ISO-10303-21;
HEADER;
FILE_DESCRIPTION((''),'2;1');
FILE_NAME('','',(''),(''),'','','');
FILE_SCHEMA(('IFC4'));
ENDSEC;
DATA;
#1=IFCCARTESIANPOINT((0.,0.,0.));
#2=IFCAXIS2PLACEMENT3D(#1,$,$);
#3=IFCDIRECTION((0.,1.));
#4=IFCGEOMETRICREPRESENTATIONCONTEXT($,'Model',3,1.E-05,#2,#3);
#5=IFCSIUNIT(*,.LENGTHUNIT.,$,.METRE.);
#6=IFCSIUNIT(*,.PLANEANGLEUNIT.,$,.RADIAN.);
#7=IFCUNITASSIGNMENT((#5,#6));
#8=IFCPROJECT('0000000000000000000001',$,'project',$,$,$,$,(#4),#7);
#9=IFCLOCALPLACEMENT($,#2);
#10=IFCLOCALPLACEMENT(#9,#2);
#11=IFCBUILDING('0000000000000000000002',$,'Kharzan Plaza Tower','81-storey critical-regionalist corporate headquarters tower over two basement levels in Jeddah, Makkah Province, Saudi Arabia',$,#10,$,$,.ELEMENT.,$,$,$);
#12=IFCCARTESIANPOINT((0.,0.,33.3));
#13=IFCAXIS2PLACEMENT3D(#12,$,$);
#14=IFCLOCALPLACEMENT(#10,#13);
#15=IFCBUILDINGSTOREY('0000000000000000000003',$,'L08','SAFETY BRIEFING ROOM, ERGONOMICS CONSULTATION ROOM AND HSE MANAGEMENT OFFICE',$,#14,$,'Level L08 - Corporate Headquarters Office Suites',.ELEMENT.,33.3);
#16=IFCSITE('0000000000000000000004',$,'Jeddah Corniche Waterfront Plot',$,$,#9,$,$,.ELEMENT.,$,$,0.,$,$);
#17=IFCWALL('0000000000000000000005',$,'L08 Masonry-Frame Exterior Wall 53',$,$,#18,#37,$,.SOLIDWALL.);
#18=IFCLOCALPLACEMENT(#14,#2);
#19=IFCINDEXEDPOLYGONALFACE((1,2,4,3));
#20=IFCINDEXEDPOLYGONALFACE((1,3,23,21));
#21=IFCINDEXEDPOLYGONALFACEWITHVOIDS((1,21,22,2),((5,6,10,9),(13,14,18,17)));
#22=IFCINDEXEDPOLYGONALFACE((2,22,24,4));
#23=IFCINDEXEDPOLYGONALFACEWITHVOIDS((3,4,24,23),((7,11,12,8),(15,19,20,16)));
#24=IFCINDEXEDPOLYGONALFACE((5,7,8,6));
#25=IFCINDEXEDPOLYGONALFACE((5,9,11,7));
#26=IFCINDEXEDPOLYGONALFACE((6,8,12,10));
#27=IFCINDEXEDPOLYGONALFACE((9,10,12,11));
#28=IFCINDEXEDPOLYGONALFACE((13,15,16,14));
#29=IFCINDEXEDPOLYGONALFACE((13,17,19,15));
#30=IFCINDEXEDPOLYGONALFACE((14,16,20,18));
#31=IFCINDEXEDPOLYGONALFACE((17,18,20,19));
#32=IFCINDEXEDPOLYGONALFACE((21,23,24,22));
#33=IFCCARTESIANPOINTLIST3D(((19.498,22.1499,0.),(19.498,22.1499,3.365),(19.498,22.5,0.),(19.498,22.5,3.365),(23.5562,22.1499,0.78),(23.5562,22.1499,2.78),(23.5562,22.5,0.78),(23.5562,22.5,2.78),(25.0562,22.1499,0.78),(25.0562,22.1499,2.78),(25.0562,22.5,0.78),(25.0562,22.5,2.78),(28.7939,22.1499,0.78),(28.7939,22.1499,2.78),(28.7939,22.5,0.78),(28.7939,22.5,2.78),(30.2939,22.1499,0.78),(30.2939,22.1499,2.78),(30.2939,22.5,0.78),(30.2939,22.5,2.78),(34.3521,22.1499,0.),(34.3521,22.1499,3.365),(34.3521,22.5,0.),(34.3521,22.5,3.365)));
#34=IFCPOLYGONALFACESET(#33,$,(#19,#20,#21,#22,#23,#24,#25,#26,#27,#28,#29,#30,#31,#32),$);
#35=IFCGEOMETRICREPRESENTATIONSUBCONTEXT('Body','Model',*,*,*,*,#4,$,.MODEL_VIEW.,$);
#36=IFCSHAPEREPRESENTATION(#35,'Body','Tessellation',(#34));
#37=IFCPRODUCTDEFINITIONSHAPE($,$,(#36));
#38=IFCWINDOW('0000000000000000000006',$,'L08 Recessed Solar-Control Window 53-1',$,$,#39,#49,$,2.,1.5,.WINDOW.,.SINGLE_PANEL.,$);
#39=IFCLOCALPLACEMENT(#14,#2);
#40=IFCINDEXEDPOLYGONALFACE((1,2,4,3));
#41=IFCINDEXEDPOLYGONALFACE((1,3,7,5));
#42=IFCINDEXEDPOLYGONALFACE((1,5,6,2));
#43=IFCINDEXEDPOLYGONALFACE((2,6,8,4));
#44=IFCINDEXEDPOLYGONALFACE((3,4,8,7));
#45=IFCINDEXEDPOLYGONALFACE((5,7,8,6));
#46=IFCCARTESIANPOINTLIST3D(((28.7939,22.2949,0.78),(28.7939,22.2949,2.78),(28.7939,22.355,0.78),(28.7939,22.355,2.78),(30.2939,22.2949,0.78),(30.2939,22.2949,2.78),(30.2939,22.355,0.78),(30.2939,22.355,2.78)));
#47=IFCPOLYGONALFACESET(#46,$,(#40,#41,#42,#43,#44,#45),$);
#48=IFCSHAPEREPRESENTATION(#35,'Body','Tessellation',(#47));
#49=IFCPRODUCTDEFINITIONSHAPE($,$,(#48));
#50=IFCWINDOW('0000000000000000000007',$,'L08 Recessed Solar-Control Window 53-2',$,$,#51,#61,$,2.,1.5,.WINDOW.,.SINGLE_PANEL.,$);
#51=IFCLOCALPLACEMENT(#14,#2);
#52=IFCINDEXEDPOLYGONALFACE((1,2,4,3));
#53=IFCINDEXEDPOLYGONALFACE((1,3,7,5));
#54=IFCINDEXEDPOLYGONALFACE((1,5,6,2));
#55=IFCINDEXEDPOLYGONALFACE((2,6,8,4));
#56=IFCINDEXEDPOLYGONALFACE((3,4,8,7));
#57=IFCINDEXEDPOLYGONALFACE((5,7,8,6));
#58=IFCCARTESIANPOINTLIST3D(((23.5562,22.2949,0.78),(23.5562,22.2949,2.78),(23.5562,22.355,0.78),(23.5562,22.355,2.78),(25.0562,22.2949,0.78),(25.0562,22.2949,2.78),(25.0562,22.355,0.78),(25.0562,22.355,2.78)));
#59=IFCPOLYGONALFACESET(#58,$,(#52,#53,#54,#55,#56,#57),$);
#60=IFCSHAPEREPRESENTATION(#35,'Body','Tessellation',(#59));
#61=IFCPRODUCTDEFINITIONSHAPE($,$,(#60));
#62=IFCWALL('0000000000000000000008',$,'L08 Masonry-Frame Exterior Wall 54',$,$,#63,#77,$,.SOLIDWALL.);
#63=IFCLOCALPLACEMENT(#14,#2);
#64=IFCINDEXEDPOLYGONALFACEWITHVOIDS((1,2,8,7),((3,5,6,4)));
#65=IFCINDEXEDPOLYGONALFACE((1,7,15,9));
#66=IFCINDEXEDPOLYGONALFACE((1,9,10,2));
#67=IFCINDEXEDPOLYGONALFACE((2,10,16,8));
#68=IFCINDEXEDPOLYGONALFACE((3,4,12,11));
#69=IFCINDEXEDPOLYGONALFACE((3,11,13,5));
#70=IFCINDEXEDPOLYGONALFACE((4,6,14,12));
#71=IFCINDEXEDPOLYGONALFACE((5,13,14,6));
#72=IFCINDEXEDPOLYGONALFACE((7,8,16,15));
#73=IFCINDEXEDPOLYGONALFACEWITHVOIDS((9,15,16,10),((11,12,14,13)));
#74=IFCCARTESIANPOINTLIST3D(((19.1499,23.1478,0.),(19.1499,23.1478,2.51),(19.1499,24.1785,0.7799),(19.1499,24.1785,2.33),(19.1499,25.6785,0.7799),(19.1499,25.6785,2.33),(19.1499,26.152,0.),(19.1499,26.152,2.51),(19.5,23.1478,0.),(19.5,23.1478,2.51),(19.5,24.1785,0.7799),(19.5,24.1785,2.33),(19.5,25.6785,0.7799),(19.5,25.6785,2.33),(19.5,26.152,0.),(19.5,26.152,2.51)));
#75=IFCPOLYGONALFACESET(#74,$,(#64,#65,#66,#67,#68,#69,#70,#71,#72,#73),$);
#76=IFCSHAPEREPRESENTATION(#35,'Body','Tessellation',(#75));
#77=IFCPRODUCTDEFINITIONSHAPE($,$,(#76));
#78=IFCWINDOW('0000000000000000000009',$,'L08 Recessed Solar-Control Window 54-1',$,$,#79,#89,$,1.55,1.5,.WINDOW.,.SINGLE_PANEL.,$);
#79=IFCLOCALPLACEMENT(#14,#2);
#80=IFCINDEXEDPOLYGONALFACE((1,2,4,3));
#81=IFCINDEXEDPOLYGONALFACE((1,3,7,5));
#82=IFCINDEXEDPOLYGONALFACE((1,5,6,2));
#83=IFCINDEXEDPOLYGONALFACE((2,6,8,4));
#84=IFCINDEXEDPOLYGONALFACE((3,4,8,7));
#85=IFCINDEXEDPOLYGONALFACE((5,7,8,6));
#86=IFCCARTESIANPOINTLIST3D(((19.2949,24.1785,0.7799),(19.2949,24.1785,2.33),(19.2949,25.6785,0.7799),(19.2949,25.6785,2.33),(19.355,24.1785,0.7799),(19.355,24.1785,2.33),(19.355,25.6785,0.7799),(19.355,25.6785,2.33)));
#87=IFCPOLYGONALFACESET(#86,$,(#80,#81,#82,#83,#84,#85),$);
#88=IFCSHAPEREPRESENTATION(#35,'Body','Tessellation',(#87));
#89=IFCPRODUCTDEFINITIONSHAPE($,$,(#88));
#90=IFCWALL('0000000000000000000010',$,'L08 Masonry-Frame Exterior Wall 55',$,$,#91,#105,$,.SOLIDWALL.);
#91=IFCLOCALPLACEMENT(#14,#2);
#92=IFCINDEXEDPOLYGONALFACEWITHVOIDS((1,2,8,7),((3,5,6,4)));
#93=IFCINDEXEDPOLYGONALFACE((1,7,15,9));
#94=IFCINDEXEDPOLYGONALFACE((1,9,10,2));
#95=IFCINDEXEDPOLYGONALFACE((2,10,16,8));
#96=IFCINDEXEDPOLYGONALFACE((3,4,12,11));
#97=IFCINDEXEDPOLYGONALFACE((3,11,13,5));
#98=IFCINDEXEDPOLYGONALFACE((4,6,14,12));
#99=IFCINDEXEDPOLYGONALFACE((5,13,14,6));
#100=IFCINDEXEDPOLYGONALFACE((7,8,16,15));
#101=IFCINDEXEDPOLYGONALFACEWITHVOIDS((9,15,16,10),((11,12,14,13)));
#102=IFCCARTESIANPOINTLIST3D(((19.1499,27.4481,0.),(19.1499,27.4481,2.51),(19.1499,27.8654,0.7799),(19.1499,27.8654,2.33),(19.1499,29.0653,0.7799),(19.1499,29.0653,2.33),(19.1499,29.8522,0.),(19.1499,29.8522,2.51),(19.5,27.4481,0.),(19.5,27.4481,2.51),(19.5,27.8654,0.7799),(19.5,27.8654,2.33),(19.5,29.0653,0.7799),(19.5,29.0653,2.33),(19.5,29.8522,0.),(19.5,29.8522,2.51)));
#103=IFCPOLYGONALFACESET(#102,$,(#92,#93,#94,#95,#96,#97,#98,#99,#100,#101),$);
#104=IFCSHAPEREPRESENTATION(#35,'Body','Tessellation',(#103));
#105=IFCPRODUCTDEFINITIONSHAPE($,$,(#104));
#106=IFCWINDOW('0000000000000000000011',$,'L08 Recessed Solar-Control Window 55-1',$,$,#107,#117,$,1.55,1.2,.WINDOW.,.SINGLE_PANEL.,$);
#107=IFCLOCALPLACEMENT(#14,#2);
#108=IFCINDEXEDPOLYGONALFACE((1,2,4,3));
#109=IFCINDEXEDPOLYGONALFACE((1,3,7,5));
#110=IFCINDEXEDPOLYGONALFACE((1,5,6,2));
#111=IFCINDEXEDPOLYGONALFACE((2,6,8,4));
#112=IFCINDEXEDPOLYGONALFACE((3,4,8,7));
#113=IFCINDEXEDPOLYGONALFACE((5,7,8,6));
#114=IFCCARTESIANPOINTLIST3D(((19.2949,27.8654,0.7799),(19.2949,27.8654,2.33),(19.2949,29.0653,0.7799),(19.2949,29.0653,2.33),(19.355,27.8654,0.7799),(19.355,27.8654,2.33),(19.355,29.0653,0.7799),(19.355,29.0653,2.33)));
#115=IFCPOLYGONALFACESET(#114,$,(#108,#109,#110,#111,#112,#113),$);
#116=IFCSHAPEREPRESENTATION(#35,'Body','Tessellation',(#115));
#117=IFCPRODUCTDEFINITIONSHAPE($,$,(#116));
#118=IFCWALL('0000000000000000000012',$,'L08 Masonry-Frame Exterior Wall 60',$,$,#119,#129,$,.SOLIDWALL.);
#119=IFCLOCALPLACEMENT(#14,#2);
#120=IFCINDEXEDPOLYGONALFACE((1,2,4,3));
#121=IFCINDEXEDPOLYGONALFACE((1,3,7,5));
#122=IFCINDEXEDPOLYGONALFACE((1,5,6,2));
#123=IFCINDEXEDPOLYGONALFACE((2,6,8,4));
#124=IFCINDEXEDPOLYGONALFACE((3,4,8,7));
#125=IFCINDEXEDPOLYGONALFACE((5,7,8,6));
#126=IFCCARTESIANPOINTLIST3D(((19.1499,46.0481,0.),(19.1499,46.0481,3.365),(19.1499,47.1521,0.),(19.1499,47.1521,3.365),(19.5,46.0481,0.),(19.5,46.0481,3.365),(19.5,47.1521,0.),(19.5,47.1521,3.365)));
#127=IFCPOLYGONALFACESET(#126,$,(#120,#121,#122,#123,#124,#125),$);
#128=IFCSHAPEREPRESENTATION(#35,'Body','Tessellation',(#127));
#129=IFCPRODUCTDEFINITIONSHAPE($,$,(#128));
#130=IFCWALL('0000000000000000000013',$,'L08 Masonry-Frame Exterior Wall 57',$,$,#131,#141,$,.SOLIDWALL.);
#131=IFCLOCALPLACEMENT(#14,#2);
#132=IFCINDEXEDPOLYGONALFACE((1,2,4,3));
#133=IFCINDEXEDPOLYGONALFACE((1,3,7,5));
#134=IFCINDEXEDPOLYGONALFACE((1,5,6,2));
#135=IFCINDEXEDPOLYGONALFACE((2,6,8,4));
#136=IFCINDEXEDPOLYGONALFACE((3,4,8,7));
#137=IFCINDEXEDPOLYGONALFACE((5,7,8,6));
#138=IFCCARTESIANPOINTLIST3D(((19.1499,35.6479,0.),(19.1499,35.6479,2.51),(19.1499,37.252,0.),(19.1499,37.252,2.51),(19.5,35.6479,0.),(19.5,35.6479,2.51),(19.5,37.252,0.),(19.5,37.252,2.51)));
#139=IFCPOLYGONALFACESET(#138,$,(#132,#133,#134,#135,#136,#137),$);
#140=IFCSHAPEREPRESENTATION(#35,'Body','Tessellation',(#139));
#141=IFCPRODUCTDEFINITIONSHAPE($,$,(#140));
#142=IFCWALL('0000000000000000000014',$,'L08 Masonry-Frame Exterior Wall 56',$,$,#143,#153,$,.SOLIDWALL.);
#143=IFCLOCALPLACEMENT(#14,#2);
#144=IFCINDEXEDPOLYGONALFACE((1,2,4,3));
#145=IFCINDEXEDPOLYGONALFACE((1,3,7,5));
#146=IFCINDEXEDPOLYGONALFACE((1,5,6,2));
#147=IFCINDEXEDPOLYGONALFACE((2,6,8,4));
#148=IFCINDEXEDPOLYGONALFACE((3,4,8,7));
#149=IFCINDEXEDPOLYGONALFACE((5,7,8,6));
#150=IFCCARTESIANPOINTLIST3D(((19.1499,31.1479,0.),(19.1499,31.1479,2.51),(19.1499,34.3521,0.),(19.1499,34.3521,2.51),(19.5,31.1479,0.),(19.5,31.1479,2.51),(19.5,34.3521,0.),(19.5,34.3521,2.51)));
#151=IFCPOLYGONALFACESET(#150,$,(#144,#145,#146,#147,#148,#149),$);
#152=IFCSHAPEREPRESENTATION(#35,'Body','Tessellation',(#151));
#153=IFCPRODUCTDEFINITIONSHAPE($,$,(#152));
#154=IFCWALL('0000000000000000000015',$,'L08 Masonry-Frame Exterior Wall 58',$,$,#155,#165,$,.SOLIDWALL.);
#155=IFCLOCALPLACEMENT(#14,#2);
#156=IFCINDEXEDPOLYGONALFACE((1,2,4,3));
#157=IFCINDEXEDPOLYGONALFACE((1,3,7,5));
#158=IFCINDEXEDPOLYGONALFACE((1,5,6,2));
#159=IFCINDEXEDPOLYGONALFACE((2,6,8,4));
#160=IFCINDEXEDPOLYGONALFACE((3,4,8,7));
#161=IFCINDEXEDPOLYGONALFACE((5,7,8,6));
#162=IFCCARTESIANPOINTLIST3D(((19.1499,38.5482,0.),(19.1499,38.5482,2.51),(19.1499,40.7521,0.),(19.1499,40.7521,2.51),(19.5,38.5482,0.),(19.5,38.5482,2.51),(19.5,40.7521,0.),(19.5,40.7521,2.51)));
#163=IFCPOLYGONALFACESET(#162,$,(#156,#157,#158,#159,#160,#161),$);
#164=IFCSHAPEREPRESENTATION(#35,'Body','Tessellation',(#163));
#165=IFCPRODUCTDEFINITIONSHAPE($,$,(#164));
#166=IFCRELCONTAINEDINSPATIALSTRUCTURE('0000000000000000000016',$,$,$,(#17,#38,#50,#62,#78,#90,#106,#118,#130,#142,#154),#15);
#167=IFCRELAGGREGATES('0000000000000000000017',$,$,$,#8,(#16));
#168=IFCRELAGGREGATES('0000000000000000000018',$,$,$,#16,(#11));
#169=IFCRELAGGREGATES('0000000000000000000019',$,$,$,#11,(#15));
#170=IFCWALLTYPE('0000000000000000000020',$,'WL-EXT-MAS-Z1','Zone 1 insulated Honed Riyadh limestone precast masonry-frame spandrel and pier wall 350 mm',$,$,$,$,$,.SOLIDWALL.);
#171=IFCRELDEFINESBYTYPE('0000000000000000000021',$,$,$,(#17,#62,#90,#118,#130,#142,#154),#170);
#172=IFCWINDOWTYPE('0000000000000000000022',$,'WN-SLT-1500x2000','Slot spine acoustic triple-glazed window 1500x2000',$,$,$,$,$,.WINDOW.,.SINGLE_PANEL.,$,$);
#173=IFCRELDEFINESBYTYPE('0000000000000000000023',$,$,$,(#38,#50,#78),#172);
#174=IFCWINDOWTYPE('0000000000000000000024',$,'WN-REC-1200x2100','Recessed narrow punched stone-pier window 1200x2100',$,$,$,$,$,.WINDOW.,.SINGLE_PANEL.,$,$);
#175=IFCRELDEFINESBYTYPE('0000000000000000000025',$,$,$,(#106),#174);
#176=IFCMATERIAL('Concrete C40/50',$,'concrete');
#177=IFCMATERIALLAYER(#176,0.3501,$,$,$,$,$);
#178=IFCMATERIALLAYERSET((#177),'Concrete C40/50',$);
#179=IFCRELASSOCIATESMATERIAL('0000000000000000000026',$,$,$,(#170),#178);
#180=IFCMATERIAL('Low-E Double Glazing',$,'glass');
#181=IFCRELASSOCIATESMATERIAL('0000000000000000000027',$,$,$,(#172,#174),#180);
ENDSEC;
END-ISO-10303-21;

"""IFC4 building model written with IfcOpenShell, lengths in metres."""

from ifc_helpers import new_model, si_unit, direction, frame, frame_2d, origin, place, context, subcontext, project, spatial, rectangle, extrude, source, transform, mapped, material, layer, layer_set, type_object, element, fill, save


model = new_model("IFC4")

# Units and contexts
model_context = context("Model", 3, precision=1e-05, world=origin(), true_north=direction((0.0, 1.0)))
body_context = subcontext(model_context, "Body", "Model", "MODEL_VIEW")
ifc_project = project(units=[si_unit("LENGTHUNIT", "METRE"), si_unit("PLANEANGLEUNIT", "RADIAN")], contexts=[model_context])

# Site, building, storey
site_placement = place(None, origin())
site = spatial("IfcSite", under=ifc_project, at=site_placement, Name="Jeddah Corniche Waterfront Plot", CompositionType="ELEMENT", RefElevation=0.0)
building_placement = place(site_placement, origin())
building = spatial("IfcBuilding", under=site, at=building_placement, Name="Kharzan Plaza Tower", Description="81-storey critical-regionalist corporate headquarters tower over two basement levels in Jeddah, Makkah Province, Saudi Arabia", CompositionType="ELEMENT")
storey_placement = place(building_placement, frame((0.0, 0.0, 33.3)))
storey = spatial("IfcBuildingStorey", under=building, at=storey_placement, Name="L08", Description="SAFETY BRIEFING ROOM, ERGONOMICS CONSULTATION ROOM AND HSE MANAGEMENT OFFICE", LongName="Level L08 - Corporate Headquarters Office Suites", CompositionType="ELEMENT", Elevation=33.3)

# Shared definitions
ifc_material_1 = material(Name="Concrete C40/50", Category="concrete")
ifc_layer_1 = layer(ifc_material_1, 0.3501)
ifc_layer_set_1 = layer_set([ifc_layer_1], Name="Concrete C40/50")
wall_type_1 = type_object("IfcWallType", Name="WL-EXT-MAS-Z1", Description="Zone 1 insulated Honed Riyadh limestone precast masonry-frame spandrel and pier wall 350 mm", PredefinedType="SOLIDWALL", material=ifc_layer_set_1)
ifc_material_2 = material(Name="Low-E Double Glazing", Category="glass")

# Wall, openings, windows
wall_1_placement = place(storey_placement, frame((34.3521, 22.325, 0.0), z_axis=(0.0, 0.0, 1.0), x_axis=(-1.0, 0.0, 0.0)))
wall_1 = element("IfcWall", 1, at=wall_1_placement, inside=storey, type_object=wall_type_1, Name="L08 Masonry-Frame Exterior Wall 53", PredefinedType="SOLIDWALL", context=body_context, shape_type="SweptSolid", body=[
    extrude(rectangle(XDim=14.854, YDim=0.3501, at=frame_2d((7.427, 0.0))), origin(), (0.0, 0.0, 1.0), 3.365),
])
opening_1_placement = place(wall_1_placement, frame((4.0581, 0.0, 0.78)))
opening_1 = element("IfcOpeningElement", 2, at=opening_1_placement, cuts=wall_1, PredefinedType="OPENING", context=body_context, shape_type="SweptSolid", body=[
    extrude(rectangle(XDim=1.5, YDim=2.0, at=frame_2d((0.75, 1.0))), frame((0.0, 0.1851, 0.0), z_axis=(0.0, -1.0, 0.0), x_axis=(1.0, 0.0, 0.0)), (0.0, 0.0, 1.0), 0.3701),
])
opening_2_placement = place(wall_1_placement, frame((9.2959, 0.0, 0.78)))
opening_2 = element("IfcOpeningElement", 3, at=opening_2_placement, cuts=wall_1, PredefinedType="OPENING", context=body_context, shape_type="SweptSolid", body=[
    extrude(rectangle(XDim=1.5, YDim=2.0, at=frame_2d((0.75, 1.0))), frame((0.0, 0.1851, 0.0), z_axis=(0.0, -1.0, 0.0), x_axis=(1.0, 0.0, 0.0)), (0.0, 0.0, 1.0), 0.3701),
])
window_type_1 = type_object("IfcWindowType", Name="WN-SLT-1500x2000", Description="Slot spine acoustic triple-glazed window 1500x2000", PartitioningType="SINGLE_PANEL", PredefinedType="WINDOW", material=ifc_material_2)
shared_shape_1 = source(origin(), body_context, "Body", "SweptSolid", [
    extrude(rectangle(XDim=1.5, YDim=2.0, at=frame_2d((0.75, 1.0))), frame((0.0, 0.03, 0.0), z_axis=(0.0, -1.0, 0.0), x_axis=(1.0, 0.0, 0.0)), (0.0, 0.0, 1.0), 0.0601),
])
window_1_placement = place(opening_1_placement, origin())
window_1 = element("IfcWindow", 4, at=window_1_placement, inside=storey, type_object=window_type_1, Name="L08 Recessed Solar-Control Window 53-1", OverallHeight=2.0, OverallWidth=1.5, PartitioningType="SINGLE_PANEL", PredefinedType="WINDOW", context=body_context, shape_type="MappedRepresentation", body=[
    mapped(shared_shape_1, transform((0.0, 0.0, 0.0), x_axis=(1.0, 0.0, 0.0), y_axis=(0.0, 1.0, 0.0), z_axis=(0.0, 0.0, 1.0))),
])
fill(opening_1, window_1)
window_2_placement = place(opening_2_placement, origin())
window_2 = element("IfcWindow", 5, at=window_2_placement, inside=storey, type_object=window_type_1, Name="L08 Recessed Solar-Control Window 53-2", OverallHeight=2.0, OverallWidth=1.5, PartitioningType="SINGLE_PANEL", PredefinedType="WINDOW", context=body_context, shape_type="MappedRepresentation", body=[
    mapped(shared_shape_1, transform((0.0, 0.0, 0.0), x_axis=(1.0, 0.0, 0.0), y_axis=(0.0, 1.0, 0.0), z_axis=(0.0, 0.0, 1.0))),
])
fill(opening_2, window_2)

# Walls, openings, windows
wall_2_placement = place(storey_placement, frame((19.325, 23.1479, 0.0), z_axis=(0.0, 0.0, 1.0), x_axis=(0.0, 1.0, 0.0)))
wall_2 = element("IfcWall", 6, at=wall_2_placement, inside=storey, type_object=wall_type_1, Name="L08 Masonry-Frame Exterior Wall 54", PredefinedType="SOLIDWALL", context=body_context, shape_type="SweptSolid", body=[
    extrude(rectangle(XDim=3.0042, YDim=0.3501, at=frame_2d((1.502, 0.0))), origin(), (0.0, 0.0, 1.0), 2.51),
])
opening_3_placement = place(wall_2_placement, frame((1.0305, 0.0, 0.78)))
opening_3 = element("IfcOpeningElement", 7, at=opening_3_placement, cuts=wall_2, PredefinedType="OPENING", context=body_context, shape_type="SweptSolid", body=[
    extrude(rectangle(XDim=1.5, YDim=1.55, at=frame_2d((0.75, 0.7749))), frame((0.0, 0.1851, 0.0), z_axis=(0.0, -1.0, 0.0), x_axis=(1.0, 0.0, 0.0)), (0.0, 0.0, 1.0), 0.3701),
])
shared_shape_2 = source(origin(), body_context, "Body", "SweptSolid", [
    extrude(rectangle(XDim=1.5, YDim=1.55, at=frame_2d((0.75, 0.7749))), frame((0.0, 0.03, 0.0), z_axis=(0.0, -1.0, 0.0), x_axis=(1.0, 0.0, 0.0)), (0.0, 0.0, 1.0), 0.0601),
])
window_3_placement = place(opening_3_placement, origin())
window_3 = element("IfcWindow", 8, at=window_3_placement, inside=storey, type_object=window_type_1, Name="L08 Recessed Solar-Control Window 54-1", OverallHeight=1.55, OverallWidth=1.5, PartitioningType="SINGLE_PANEL", PredefinedType="WINDOW", context=body_context, shape_type="MappedRepresentation", body=[
    mapped(shared_shape_2, transform((0.0, 0.0, 0.0), x_axis=(1.0, 0.0, 0.0), y_axis=(0.0, 1.0, 0.0), z_axis=(0.0, 0.0, 1.0))),
])
fill(opening_3, window_3)
wall_3_placement = place(storey_placement, frame((19.325, 27.448, 0.0), z_axis=(0.0, 0.0, 1.0), x_axis=(0.0, 1.0, 0.0)))
wall_3 = element("IfcWall", 9, at=wall_3_placement, inside=storey, type_object=wall_type_1, Name="L08 Masonry-Frame Exterior Wall 55", PredefinedType="SOLIDWALL", context=body_context, shape_type="SweptSolid", body=[
    extrude(rectangle(XDim=2.4041, YDim=0.3501, at=frame_2d((1.2021, 0.0))), origin(), (0.0, 0.0, 1.0), 2.51),
])
opening_4_placement = place(wall_3_placement, frame((0.4172, 0.0, 0.78)))
opening_4 = element("IfcOpeningElement", 10, at=opening_4_placement, cuts=wall_3, PredefinedType="OPENING", context=body_context, shape_type="SweptSolid", body=[
    extrude(rectangle(XDim=1.2, YDim=1.55, at=frame_2d((0.6001, 0.7749))), frame((0.0, 0.1851, 0.0), z_axis=(0.0, -1.0, 0.0), x_axis=(1.0, 0.0, 0.0)), (0.0, 0.0, 1.0), 0.3701),
])
window_type_2 = type_object("IfcWindowType", Name="WN-REC-1200x2100", Description="Recessed narrow punched stone-pier window 1200x2100", PartitioningType="SINGLE_PANEL", PredefinedType="WINDOW", material=ifc_material_2)
shared_shape_3 = source(origin(), body_context, "Body", "SweptSolid", [
    extrude(rectangle(XDim=1.2, YDim=1.55, at=frame_2d((0.6001, 0.7749))), frame((0.0, 0.03, 0.0), z_axis=(0.0, -1.0, 0.0), x_axis=(1.0, 0.0, 0.0)), (0.0, 0.0, 1.0), 0.0601),
])
window_4_placement = place(opening_4_placement, origin())
window_4 = element("IfcWindow", 11, at=window_4_placement, inside=storey, type_object=window_type_2, Name="L08 Recessed Solar-Control Window 55-1", OverallHeight=1.55, OverallWidth=1.2, PartitioningType="SINGLE_PANEL", PredefinedType="WINDOW", context=body_context, shape_type="MappedRepresentation", body=[
    mapped(shared_shape_3, transform((0.0, 0.0, 0.0), x_axis=(1.0, 0.0, 0.0), y_axis=(0.0, 1.0, 0.0), z_axis=(0.0, 0.0, 1.0))),
])
fill(opening_4, window_4)

# Walls
shared_shape_4 = source(origin(), body_context, "Body", "SweptSolid", [
    extrude(rectangle(XDim=1.104, YDim=0.3501, at=frame_2d((0.552, 0.0))), origin(), (0.0, 0.0, 1.0), 3.365),
])
wall_4_placement = place(storey_placement, frame((19.325, 46.0481, 0.0), z_axis=(0.0, 0.0, 1.0), x_axis=(0.0, 1.0, 0.0)))
element("IfcWall", 12, at=wall_4_placement, inside=storey, type_object=wall_type_1, Name="L08 Masonry-Frame Exterior Wall 60", PredefinedType="SOLIDWALL", context=body_context, shape_type="MappedRepresentation", body=[
    mapped(shared_shape_4, transform((0.0, 0.0, 0.0), x_axis=(1.0, 0.0, 0.0), y_axis=(0.0, 1.0, 0.0), z_axis=(0.0, 0.0, 1.0))),
])
shared_shape_5 = source(origin(), body_context, "Body", "SweptSolid", [
    extrude(rectangle(XDim=1.604, YDim=0.3501, at=frame_2d((0.802, 0.0))), origin(), (0.0, 0.0, 1.0), 2.51),
])
wall_5_placement = place(storey_placement, frame((19.325, 35.6479, 0.0), z_axis=(0.0, 0.0, 1.0), x_axis=(0.0, 1.0, 0.0)))
element("IfcWall", 13, at=wall_5_placement, inside=storey, type_object=wall_type_1, Name="L08 Masonry-Frame Exterior Wall 57", PredefinedType="SOLIDWALL", context=body_context, shape_type="MappedRepresentation", body=[
    mapped(shared_shape_5, transform((0.0, 0.0, 0.0), x_axis=(1.0, 0.0, 0.0), y_axis=(0.0, 1.0, 0.0), z_axis=(0.0, 0.0, 1.0))),
])
shared_shape_6 = source(origin(), body_context, "Body", "SweptSolid", [
    extrude(rectangle(XDim=3.2041, YDim=0.3501, at=frame_2d((1.6021, 0.0))), origin(), (0.0, 0.0, 1.0), 2.51),
])
wall_6_placement = place(storey_placement, frame((19.325, 31.1479, 0.0), z_axis=(0.0, 0.0, 1.0), x_axis=(0.0, 1.0, 0.0)))
element("IfcWall", 14, at=wall_6_placement, inside=storey, type_object=wall_type_1, Name="L08 Masonry-Frame Exterior Wall 56", PredefinedType="SOLIDWALL", context=body_context, shape_type="MappedRepresentation", body=[
    mapped(shared_shape_6, transform((0.0, 0.0, 0.0), x_axis=(1.0, 0.0, 0.0), y_axis=(0.0, 1.0, 0.0), z_axis=(0.0, 0.0, 1.0))),
])
shared_shape_7 = source(origin(), body_context, "Body", "SweptSolid", [
    extrude(rectangle(XDim=2.2039, YDim=0.3501, at=frame_2d((1.1021, 0.0))), origin(), (0.0, 0.0, 1.0), 2.51),
])
wall_7_placement = place(storey_placement, frame((19.325, 38.5481, 0.0), z_axis=(0.0, 0.0, 1.0), x_axis=(0.0, 1.0, 0.0)))
element("IfcWall", 15, at=wall_7_placement, inside=storey, type_object=wall_type_1, Name="L08 Masonry-Frame Exterior Wall 58", PredefinedType="SOLIDWALL", context=body_context, shape_type="MappedRepresentation", body=[
    mapped(shared_shape_7, transform((0.0, 0.0, 0.0), x_axis=(1.0, 0.0, 0.0), y_axis=(0.0, 1.0, 0.0), z_axis=(0.0, 0.0, 1.0))),
])

save(model, "model.ifc")
